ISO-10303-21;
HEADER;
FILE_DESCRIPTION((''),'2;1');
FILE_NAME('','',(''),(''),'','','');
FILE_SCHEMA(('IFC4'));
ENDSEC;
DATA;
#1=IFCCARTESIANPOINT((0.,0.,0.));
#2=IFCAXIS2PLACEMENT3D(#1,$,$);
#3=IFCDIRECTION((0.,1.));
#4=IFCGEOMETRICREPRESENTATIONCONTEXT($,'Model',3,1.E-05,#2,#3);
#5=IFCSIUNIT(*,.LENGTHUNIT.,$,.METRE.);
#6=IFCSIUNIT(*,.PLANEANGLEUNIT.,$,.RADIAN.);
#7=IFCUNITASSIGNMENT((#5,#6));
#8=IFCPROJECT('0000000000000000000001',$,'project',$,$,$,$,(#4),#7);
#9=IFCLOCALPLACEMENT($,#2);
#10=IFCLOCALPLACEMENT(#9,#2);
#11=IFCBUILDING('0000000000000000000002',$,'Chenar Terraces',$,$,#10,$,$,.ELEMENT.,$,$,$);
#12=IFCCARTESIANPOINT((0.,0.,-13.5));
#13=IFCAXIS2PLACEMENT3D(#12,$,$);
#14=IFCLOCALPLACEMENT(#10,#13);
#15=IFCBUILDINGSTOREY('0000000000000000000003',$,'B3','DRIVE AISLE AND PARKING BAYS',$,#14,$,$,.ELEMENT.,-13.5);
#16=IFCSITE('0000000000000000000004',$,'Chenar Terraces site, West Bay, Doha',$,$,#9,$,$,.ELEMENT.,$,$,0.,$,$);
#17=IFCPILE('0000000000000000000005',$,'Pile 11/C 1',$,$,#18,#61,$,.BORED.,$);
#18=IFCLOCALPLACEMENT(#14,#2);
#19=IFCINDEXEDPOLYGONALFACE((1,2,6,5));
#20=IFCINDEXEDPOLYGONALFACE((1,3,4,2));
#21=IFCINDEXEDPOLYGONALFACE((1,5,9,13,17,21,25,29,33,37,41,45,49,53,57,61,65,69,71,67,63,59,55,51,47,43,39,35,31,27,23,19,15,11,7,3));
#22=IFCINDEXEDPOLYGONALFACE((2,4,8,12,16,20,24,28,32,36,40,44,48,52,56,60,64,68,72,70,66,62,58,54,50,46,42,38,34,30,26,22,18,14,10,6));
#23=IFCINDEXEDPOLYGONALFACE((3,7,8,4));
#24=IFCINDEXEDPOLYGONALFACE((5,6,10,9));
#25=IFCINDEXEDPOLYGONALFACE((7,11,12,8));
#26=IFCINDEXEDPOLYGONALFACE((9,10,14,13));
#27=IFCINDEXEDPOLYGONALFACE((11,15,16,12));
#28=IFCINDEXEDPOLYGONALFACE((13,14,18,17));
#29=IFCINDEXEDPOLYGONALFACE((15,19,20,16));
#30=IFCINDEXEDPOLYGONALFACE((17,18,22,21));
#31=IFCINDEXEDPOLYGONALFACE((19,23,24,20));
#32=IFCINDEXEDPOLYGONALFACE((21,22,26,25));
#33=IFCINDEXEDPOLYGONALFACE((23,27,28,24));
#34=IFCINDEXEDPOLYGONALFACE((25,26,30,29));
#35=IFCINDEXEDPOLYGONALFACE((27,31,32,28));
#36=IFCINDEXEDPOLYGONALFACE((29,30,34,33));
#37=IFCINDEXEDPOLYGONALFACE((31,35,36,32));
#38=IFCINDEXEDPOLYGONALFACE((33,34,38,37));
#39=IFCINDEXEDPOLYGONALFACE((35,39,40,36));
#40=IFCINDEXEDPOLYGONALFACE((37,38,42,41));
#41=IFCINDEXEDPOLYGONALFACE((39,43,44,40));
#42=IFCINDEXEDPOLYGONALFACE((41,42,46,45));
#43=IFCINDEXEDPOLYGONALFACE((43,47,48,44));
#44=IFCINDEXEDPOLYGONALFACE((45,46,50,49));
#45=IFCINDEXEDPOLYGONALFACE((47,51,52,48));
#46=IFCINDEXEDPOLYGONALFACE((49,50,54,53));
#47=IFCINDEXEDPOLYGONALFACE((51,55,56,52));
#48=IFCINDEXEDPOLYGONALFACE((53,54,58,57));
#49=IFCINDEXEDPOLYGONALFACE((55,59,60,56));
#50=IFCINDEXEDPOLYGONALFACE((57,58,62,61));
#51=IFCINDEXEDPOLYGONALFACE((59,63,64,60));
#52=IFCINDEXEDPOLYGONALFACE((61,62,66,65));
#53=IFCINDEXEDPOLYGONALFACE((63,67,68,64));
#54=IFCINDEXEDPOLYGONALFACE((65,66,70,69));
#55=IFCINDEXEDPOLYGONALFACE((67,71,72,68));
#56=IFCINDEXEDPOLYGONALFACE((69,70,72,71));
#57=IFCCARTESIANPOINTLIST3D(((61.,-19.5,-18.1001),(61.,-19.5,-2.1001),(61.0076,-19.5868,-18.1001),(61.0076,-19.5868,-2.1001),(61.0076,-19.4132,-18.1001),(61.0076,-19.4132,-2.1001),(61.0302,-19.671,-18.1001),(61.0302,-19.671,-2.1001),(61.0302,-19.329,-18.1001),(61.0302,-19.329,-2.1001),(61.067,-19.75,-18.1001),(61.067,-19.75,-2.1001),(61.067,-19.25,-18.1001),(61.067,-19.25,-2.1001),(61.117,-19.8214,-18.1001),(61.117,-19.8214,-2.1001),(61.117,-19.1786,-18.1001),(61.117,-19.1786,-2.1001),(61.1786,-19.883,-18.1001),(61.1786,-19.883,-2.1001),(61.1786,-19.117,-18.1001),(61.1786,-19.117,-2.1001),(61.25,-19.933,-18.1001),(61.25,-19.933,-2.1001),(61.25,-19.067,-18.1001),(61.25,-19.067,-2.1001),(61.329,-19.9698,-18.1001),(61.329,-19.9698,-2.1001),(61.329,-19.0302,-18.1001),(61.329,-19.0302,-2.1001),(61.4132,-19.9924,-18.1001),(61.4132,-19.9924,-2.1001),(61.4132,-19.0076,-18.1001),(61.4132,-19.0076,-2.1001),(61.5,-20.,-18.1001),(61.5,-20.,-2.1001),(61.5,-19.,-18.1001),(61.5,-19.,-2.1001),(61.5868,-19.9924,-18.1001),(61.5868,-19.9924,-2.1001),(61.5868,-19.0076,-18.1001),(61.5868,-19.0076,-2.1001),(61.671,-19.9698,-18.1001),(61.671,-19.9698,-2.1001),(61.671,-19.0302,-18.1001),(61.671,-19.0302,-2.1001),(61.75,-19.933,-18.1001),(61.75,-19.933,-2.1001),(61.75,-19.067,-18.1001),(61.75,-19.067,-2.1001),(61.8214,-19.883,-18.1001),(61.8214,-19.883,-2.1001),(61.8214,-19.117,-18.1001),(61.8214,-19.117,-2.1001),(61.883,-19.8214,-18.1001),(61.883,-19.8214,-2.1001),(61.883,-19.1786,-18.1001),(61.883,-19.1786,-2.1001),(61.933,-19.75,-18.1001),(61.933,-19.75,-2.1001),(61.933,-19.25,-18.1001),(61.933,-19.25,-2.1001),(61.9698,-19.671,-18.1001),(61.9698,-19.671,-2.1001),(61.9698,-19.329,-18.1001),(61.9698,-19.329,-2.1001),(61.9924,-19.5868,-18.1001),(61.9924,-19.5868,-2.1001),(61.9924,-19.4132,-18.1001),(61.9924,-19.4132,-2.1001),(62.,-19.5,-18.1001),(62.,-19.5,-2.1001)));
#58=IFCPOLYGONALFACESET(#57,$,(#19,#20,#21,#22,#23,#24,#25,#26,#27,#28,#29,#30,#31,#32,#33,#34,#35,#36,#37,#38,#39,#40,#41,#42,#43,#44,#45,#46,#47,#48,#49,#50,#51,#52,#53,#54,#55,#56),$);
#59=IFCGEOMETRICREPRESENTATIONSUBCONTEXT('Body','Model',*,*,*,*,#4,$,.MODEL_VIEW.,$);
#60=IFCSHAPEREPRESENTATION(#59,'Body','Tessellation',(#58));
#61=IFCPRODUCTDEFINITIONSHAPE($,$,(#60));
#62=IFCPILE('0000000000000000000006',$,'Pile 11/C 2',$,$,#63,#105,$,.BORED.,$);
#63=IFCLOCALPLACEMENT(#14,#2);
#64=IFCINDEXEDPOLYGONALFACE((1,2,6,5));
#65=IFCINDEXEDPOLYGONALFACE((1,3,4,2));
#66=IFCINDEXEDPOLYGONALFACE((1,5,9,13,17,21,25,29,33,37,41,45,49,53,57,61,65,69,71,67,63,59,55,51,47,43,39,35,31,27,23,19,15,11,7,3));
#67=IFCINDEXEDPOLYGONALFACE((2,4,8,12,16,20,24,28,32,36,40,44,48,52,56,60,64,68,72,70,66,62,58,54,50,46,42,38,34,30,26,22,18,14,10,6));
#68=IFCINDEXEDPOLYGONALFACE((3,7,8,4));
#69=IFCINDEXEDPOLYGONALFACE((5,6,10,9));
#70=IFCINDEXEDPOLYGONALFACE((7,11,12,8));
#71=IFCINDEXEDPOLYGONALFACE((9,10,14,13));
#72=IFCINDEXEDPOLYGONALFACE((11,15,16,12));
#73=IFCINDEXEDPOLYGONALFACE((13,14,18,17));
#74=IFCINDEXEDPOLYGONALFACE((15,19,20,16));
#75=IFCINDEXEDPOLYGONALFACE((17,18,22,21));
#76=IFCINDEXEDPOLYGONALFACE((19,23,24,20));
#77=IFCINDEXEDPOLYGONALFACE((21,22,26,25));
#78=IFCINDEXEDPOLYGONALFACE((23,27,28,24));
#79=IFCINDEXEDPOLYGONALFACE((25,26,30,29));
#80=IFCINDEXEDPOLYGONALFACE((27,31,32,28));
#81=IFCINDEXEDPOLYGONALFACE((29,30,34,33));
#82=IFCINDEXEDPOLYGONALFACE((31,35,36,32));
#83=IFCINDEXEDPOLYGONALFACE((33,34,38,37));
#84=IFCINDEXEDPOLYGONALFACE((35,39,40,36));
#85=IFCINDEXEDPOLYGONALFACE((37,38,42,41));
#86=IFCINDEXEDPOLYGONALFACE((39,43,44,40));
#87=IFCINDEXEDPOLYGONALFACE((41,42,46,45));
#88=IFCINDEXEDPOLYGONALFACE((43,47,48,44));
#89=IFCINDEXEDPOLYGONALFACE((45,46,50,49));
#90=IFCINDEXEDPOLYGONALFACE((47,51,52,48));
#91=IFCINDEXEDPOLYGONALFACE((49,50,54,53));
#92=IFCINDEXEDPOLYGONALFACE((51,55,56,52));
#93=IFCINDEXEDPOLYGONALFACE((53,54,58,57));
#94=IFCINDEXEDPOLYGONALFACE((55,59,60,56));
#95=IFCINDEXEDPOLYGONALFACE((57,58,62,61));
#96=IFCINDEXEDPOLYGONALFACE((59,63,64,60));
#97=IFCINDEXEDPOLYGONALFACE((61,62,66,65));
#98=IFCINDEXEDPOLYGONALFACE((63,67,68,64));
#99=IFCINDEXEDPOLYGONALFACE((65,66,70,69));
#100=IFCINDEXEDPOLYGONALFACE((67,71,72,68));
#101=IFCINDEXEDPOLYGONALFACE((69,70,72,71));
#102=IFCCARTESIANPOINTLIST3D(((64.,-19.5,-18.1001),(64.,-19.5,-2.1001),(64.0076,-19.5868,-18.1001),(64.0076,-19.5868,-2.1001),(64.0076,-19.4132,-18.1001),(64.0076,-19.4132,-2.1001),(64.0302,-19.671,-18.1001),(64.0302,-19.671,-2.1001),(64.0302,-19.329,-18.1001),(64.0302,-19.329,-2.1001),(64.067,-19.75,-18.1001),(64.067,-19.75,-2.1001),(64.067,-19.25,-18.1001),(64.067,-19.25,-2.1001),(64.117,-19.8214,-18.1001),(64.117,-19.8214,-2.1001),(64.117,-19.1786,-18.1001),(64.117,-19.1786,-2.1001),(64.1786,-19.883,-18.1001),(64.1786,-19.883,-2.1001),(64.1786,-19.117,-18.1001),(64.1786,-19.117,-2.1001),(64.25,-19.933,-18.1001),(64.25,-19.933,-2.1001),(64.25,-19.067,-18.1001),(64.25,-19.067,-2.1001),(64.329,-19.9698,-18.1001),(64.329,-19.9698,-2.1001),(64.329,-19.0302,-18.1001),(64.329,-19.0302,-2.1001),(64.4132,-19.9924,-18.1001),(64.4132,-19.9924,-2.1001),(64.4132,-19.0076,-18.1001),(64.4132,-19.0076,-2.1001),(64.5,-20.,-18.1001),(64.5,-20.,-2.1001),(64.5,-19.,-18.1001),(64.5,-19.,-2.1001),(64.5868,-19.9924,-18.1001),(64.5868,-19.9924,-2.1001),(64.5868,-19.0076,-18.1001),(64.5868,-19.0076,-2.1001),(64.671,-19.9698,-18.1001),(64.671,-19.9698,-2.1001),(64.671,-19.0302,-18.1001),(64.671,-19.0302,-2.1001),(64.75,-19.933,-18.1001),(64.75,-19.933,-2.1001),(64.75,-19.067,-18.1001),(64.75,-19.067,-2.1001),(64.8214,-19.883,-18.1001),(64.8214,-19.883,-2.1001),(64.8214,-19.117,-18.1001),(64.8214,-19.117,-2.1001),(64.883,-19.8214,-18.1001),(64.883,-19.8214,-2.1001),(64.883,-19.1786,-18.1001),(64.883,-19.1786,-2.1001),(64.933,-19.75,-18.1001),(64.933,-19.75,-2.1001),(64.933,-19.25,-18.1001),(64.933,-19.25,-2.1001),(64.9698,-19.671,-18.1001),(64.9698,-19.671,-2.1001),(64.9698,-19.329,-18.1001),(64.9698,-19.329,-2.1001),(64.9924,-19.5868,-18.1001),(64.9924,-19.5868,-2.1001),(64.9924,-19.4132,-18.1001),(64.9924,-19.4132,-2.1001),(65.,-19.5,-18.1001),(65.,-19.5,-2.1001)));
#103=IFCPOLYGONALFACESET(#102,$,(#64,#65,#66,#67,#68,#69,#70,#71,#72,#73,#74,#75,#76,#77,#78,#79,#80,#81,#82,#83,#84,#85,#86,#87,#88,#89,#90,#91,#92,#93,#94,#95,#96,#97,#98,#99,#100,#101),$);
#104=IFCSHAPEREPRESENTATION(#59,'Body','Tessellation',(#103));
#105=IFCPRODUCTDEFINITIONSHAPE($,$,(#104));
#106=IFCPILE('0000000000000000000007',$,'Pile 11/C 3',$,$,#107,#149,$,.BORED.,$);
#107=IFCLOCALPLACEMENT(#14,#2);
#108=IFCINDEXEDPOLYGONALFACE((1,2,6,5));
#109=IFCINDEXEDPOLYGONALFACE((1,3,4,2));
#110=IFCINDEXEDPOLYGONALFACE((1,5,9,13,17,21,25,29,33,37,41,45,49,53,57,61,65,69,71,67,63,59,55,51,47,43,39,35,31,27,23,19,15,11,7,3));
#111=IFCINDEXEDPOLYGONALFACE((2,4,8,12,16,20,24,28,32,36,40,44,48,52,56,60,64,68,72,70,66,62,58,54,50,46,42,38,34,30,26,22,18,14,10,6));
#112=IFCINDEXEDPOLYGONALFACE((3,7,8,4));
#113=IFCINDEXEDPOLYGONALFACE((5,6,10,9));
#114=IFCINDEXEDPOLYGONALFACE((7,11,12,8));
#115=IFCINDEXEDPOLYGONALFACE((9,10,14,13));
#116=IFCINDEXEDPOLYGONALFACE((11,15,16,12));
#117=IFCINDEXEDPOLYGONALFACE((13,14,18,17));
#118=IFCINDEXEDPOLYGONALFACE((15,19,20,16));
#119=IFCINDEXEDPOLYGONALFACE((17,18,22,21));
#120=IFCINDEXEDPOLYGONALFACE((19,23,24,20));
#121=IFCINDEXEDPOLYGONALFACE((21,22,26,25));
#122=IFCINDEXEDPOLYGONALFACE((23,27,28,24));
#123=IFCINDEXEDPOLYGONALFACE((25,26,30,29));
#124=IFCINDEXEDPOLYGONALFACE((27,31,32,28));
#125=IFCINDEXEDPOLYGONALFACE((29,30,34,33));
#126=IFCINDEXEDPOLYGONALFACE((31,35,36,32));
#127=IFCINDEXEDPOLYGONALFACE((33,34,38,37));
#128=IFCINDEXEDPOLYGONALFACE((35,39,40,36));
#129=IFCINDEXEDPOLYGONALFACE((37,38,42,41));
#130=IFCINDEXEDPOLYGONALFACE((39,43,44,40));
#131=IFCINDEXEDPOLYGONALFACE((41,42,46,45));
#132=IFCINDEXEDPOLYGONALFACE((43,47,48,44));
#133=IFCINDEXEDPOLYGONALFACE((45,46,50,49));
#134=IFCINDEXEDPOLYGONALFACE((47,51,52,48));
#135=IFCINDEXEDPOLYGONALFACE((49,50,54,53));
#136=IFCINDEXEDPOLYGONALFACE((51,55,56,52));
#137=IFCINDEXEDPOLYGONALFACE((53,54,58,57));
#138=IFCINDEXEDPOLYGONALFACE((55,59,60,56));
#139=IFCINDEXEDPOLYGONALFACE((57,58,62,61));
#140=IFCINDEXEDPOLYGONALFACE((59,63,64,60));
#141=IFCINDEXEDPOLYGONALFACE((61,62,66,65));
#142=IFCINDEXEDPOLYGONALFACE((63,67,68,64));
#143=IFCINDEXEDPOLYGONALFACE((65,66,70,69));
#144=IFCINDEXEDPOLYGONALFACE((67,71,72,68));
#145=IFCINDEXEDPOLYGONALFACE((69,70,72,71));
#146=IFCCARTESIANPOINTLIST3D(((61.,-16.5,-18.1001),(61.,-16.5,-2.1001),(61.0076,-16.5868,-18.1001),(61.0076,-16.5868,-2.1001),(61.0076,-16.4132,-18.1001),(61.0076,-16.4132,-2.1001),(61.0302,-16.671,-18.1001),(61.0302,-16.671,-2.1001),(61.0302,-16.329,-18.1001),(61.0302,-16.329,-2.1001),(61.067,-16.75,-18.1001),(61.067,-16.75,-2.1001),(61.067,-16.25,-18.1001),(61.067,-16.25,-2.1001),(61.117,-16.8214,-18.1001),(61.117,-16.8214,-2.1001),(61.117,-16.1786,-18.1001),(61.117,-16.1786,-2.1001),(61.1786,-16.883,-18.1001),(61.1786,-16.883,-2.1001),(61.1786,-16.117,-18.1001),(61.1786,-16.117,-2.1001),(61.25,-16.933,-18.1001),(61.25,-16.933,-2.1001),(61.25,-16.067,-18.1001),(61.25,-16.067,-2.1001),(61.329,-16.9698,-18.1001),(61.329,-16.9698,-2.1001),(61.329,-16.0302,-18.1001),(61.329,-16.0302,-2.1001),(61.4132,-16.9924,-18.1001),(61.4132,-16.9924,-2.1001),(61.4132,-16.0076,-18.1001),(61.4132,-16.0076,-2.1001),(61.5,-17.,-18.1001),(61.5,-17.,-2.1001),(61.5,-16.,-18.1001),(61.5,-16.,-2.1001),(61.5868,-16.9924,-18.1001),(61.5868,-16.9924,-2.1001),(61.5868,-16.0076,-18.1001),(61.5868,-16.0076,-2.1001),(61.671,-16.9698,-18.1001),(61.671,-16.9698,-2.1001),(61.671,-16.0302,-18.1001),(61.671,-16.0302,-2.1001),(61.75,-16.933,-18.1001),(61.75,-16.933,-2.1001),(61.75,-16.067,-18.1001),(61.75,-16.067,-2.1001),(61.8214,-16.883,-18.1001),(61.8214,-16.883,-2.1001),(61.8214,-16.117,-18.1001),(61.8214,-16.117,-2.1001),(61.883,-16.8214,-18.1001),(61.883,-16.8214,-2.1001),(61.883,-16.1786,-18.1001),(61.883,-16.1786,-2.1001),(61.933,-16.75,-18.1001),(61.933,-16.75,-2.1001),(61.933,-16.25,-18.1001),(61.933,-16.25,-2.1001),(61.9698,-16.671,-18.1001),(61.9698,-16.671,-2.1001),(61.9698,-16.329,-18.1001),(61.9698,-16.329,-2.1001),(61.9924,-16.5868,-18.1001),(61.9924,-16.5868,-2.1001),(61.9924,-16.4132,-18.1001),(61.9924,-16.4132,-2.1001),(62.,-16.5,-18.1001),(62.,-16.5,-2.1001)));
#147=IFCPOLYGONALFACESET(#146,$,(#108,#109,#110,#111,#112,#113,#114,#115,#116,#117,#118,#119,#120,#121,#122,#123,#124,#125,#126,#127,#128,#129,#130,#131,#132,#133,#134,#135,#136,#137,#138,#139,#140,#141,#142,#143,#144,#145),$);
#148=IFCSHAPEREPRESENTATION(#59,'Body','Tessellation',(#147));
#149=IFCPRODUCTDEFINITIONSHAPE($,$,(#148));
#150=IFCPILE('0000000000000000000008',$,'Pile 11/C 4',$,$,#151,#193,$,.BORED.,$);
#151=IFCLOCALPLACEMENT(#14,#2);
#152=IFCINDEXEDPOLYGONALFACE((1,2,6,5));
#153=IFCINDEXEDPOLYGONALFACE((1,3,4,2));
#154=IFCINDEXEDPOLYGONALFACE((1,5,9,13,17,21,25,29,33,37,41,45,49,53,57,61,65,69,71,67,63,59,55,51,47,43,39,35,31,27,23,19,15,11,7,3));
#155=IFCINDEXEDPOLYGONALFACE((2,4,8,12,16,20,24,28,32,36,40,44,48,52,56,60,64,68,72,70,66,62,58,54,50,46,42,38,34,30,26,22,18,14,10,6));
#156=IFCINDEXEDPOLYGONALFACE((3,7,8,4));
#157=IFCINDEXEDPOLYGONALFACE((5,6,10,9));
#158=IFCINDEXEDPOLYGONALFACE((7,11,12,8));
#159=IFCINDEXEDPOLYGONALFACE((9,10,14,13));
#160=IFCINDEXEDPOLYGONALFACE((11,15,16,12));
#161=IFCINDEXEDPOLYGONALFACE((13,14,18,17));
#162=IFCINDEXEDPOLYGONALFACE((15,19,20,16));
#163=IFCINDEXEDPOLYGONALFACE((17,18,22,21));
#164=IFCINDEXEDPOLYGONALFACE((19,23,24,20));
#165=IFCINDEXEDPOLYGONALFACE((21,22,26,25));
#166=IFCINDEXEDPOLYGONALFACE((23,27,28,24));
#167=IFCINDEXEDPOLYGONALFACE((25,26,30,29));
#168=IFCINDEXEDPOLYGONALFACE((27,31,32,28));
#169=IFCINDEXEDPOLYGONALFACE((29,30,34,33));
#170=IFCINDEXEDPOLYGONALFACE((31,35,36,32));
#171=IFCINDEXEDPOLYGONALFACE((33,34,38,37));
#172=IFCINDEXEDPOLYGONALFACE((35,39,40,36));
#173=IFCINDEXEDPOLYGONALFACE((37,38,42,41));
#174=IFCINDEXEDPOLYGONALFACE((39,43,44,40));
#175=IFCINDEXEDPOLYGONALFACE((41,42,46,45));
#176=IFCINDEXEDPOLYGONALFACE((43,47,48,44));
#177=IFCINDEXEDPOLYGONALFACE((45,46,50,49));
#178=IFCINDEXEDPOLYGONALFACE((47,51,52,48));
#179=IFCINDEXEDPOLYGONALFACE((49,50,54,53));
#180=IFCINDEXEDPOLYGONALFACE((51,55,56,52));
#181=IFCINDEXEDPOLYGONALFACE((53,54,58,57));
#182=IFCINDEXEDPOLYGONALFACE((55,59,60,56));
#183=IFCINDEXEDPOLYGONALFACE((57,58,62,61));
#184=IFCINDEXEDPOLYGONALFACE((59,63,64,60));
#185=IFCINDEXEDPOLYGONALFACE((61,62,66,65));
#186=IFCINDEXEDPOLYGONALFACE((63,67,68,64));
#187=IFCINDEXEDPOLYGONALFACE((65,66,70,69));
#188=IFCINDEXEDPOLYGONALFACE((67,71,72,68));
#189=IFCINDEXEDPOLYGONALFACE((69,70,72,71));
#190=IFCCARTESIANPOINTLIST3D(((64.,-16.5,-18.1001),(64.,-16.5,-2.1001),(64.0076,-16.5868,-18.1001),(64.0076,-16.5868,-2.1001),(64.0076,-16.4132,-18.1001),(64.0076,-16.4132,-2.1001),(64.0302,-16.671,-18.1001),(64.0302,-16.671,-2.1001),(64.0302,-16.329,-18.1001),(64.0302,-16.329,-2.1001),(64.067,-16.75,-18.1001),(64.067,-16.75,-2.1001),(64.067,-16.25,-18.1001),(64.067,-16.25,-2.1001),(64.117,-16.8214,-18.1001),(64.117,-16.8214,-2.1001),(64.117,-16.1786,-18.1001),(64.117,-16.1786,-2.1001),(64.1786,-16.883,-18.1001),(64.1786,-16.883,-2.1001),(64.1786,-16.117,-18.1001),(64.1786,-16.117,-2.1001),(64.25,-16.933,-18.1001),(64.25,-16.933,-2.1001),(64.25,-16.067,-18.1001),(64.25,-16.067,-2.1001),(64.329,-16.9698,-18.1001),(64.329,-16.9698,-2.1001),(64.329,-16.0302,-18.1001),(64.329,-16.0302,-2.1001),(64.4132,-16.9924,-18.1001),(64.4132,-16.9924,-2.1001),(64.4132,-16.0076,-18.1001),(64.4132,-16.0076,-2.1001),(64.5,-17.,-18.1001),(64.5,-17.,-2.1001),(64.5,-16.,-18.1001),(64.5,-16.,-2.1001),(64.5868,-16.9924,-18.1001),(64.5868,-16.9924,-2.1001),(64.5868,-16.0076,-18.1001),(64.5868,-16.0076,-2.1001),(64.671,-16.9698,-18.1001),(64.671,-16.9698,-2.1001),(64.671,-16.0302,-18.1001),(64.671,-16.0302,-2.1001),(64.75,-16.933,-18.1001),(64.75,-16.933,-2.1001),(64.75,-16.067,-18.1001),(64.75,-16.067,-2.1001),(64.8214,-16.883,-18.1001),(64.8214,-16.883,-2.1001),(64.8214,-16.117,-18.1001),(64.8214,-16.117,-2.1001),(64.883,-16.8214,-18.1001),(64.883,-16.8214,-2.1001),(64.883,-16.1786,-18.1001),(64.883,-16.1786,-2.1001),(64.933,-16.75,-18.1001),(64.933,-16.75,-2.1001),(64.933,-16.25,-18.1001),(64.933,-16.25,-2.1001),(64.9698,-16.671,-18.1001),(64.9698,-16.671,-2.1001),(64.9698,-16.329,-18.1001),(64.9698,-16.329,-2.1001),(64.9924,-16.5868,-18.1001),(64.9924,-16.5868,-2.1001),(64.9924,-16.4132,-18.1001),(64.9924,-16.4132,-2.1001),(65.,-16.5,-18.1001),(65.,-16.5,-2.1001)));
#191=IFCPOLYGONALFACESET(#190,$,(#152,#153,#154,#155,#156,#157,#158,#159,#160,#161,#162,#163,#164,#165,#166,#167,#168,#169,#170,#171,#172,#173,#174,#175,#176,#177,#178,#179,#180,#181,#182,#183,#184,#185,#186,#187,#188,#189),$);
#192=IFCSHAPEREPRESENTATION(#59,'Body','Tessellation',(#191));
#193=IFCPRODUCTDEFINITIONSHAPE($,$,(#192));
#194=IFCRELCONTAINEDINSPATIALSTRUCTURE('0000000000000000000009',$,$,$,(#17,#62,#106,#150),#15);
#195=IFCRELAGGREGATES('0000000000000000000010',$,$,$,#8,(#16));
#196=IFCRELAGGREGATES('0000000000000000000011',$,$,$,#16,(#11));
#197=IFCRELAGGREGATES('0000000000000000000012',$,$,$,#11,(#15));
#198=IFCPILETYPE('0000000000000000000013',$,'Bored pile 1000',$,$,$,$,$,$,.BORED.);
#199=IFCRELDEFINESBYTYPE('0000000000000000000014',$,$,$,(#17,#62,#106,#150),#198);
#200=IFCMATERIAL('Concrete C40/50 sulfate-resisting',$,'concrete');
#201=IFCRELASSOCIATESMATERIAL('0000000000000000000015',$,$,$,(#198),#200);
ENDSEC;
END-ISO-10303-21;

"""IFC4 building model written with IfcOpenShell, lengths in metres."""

from ifc_helpers import new_model, si_unit, direction, frame, origin, origin_2d, place, context, subcontext, project, spatial, circle, extrude, material, material_profile, profile_set, type_object, element, save


model = new_model("IFC4")

# Units and contexts
model_context = context("Model", 3, precision=1e-05, world=origin(), true_north=direction((0.0, 1.0)))
body_context = subcontext(model_context, "Body", "Model", "MODEL_VIEW")
ifc_project = project(units=[si_unit("LENGTHUNIT", "METRE"), si_unit("PLANEANGLEUNIT", "RADIAN")], contexts=[model_context])

# Site, building, storey
site_placement = place(None, origin())
site = spatial("IfcSite", under=ifc_project, at=site_placement, Name="Chenar Terraces site, West Bay, Doha", CompositionType="ELEMENT", RefElevation=0.0)
building_placement = place(site_placement, origin())
building = spatial("IfcBuilding", under=site, at=building_placement, Name="Chenar Terraces", CompositionType="ELEMENT")
storey_placement = place(building_placement, frame((0.0, 0.0, -13.5)))
storey = spatial("IfcBuildingStorey", under=building, at=storey_placement, Name="B3", Description="DRIVE AISLE AND PARKING BAYS", CompositionType="ELEMENT", Elevation=-13.5)

# Piles
ifc_material_1 = material(Name="Concrete C40/50 sulfate-resisting", Category="concrete")
ifc_material_profile_1 = material_profile(ifc_material_1, circle(Radius=0.5, at=origin_2d()), Name="BP 1000")
ifc_profile_set_1 = profile_set([ifc_material_profile_1], Name="Concrete C40/50 sulfate-resisting")
pile_type_1 = type_object("IfcPileType", Name="Bored pile 1000", PredefinedType="BORED", material=ifc_profile_set_1)
for number, where, z_axis, x_axis, name in (
    (1, (61.5, -19.5, -2.1001), (0.0, 0.0, -1.0), (1.0, 0.0, 0.0), "Pile 11/C 1"),
    (2, (64.5, -19.5, -2.1001), (0.0, 0.0, -1.0), (1.0, 0.0, 0.0), "Pile 11/C 2"),
    (3, (61.5, -16.5, -2.1001), (0.0, 0.0, -1.0), (1.0, 0.0, 0.0), "Pile 11/C 3"),
    (4, (64.5, -16.5, -2.1001), (0.0, 0.0, -1.0), (1.0, 0.0, 0.0), "Pile 11/C 4"),
):
    element("IfcPile", number, at=place(storey_placement, frame(where, z_axis=z_axis, x_axis=x_axis)), inside=storey, type_object=pile_type_1, Name=name, PredefinedType="BORED", context=body_context, shape_type="SweptSolid", body=[
        extrude(circle(Radius=0.5, at=origin_2d()), origin(), (0.0, 0.0, 1.0), 16.0),
    ])

save(model, "model.ifc")
